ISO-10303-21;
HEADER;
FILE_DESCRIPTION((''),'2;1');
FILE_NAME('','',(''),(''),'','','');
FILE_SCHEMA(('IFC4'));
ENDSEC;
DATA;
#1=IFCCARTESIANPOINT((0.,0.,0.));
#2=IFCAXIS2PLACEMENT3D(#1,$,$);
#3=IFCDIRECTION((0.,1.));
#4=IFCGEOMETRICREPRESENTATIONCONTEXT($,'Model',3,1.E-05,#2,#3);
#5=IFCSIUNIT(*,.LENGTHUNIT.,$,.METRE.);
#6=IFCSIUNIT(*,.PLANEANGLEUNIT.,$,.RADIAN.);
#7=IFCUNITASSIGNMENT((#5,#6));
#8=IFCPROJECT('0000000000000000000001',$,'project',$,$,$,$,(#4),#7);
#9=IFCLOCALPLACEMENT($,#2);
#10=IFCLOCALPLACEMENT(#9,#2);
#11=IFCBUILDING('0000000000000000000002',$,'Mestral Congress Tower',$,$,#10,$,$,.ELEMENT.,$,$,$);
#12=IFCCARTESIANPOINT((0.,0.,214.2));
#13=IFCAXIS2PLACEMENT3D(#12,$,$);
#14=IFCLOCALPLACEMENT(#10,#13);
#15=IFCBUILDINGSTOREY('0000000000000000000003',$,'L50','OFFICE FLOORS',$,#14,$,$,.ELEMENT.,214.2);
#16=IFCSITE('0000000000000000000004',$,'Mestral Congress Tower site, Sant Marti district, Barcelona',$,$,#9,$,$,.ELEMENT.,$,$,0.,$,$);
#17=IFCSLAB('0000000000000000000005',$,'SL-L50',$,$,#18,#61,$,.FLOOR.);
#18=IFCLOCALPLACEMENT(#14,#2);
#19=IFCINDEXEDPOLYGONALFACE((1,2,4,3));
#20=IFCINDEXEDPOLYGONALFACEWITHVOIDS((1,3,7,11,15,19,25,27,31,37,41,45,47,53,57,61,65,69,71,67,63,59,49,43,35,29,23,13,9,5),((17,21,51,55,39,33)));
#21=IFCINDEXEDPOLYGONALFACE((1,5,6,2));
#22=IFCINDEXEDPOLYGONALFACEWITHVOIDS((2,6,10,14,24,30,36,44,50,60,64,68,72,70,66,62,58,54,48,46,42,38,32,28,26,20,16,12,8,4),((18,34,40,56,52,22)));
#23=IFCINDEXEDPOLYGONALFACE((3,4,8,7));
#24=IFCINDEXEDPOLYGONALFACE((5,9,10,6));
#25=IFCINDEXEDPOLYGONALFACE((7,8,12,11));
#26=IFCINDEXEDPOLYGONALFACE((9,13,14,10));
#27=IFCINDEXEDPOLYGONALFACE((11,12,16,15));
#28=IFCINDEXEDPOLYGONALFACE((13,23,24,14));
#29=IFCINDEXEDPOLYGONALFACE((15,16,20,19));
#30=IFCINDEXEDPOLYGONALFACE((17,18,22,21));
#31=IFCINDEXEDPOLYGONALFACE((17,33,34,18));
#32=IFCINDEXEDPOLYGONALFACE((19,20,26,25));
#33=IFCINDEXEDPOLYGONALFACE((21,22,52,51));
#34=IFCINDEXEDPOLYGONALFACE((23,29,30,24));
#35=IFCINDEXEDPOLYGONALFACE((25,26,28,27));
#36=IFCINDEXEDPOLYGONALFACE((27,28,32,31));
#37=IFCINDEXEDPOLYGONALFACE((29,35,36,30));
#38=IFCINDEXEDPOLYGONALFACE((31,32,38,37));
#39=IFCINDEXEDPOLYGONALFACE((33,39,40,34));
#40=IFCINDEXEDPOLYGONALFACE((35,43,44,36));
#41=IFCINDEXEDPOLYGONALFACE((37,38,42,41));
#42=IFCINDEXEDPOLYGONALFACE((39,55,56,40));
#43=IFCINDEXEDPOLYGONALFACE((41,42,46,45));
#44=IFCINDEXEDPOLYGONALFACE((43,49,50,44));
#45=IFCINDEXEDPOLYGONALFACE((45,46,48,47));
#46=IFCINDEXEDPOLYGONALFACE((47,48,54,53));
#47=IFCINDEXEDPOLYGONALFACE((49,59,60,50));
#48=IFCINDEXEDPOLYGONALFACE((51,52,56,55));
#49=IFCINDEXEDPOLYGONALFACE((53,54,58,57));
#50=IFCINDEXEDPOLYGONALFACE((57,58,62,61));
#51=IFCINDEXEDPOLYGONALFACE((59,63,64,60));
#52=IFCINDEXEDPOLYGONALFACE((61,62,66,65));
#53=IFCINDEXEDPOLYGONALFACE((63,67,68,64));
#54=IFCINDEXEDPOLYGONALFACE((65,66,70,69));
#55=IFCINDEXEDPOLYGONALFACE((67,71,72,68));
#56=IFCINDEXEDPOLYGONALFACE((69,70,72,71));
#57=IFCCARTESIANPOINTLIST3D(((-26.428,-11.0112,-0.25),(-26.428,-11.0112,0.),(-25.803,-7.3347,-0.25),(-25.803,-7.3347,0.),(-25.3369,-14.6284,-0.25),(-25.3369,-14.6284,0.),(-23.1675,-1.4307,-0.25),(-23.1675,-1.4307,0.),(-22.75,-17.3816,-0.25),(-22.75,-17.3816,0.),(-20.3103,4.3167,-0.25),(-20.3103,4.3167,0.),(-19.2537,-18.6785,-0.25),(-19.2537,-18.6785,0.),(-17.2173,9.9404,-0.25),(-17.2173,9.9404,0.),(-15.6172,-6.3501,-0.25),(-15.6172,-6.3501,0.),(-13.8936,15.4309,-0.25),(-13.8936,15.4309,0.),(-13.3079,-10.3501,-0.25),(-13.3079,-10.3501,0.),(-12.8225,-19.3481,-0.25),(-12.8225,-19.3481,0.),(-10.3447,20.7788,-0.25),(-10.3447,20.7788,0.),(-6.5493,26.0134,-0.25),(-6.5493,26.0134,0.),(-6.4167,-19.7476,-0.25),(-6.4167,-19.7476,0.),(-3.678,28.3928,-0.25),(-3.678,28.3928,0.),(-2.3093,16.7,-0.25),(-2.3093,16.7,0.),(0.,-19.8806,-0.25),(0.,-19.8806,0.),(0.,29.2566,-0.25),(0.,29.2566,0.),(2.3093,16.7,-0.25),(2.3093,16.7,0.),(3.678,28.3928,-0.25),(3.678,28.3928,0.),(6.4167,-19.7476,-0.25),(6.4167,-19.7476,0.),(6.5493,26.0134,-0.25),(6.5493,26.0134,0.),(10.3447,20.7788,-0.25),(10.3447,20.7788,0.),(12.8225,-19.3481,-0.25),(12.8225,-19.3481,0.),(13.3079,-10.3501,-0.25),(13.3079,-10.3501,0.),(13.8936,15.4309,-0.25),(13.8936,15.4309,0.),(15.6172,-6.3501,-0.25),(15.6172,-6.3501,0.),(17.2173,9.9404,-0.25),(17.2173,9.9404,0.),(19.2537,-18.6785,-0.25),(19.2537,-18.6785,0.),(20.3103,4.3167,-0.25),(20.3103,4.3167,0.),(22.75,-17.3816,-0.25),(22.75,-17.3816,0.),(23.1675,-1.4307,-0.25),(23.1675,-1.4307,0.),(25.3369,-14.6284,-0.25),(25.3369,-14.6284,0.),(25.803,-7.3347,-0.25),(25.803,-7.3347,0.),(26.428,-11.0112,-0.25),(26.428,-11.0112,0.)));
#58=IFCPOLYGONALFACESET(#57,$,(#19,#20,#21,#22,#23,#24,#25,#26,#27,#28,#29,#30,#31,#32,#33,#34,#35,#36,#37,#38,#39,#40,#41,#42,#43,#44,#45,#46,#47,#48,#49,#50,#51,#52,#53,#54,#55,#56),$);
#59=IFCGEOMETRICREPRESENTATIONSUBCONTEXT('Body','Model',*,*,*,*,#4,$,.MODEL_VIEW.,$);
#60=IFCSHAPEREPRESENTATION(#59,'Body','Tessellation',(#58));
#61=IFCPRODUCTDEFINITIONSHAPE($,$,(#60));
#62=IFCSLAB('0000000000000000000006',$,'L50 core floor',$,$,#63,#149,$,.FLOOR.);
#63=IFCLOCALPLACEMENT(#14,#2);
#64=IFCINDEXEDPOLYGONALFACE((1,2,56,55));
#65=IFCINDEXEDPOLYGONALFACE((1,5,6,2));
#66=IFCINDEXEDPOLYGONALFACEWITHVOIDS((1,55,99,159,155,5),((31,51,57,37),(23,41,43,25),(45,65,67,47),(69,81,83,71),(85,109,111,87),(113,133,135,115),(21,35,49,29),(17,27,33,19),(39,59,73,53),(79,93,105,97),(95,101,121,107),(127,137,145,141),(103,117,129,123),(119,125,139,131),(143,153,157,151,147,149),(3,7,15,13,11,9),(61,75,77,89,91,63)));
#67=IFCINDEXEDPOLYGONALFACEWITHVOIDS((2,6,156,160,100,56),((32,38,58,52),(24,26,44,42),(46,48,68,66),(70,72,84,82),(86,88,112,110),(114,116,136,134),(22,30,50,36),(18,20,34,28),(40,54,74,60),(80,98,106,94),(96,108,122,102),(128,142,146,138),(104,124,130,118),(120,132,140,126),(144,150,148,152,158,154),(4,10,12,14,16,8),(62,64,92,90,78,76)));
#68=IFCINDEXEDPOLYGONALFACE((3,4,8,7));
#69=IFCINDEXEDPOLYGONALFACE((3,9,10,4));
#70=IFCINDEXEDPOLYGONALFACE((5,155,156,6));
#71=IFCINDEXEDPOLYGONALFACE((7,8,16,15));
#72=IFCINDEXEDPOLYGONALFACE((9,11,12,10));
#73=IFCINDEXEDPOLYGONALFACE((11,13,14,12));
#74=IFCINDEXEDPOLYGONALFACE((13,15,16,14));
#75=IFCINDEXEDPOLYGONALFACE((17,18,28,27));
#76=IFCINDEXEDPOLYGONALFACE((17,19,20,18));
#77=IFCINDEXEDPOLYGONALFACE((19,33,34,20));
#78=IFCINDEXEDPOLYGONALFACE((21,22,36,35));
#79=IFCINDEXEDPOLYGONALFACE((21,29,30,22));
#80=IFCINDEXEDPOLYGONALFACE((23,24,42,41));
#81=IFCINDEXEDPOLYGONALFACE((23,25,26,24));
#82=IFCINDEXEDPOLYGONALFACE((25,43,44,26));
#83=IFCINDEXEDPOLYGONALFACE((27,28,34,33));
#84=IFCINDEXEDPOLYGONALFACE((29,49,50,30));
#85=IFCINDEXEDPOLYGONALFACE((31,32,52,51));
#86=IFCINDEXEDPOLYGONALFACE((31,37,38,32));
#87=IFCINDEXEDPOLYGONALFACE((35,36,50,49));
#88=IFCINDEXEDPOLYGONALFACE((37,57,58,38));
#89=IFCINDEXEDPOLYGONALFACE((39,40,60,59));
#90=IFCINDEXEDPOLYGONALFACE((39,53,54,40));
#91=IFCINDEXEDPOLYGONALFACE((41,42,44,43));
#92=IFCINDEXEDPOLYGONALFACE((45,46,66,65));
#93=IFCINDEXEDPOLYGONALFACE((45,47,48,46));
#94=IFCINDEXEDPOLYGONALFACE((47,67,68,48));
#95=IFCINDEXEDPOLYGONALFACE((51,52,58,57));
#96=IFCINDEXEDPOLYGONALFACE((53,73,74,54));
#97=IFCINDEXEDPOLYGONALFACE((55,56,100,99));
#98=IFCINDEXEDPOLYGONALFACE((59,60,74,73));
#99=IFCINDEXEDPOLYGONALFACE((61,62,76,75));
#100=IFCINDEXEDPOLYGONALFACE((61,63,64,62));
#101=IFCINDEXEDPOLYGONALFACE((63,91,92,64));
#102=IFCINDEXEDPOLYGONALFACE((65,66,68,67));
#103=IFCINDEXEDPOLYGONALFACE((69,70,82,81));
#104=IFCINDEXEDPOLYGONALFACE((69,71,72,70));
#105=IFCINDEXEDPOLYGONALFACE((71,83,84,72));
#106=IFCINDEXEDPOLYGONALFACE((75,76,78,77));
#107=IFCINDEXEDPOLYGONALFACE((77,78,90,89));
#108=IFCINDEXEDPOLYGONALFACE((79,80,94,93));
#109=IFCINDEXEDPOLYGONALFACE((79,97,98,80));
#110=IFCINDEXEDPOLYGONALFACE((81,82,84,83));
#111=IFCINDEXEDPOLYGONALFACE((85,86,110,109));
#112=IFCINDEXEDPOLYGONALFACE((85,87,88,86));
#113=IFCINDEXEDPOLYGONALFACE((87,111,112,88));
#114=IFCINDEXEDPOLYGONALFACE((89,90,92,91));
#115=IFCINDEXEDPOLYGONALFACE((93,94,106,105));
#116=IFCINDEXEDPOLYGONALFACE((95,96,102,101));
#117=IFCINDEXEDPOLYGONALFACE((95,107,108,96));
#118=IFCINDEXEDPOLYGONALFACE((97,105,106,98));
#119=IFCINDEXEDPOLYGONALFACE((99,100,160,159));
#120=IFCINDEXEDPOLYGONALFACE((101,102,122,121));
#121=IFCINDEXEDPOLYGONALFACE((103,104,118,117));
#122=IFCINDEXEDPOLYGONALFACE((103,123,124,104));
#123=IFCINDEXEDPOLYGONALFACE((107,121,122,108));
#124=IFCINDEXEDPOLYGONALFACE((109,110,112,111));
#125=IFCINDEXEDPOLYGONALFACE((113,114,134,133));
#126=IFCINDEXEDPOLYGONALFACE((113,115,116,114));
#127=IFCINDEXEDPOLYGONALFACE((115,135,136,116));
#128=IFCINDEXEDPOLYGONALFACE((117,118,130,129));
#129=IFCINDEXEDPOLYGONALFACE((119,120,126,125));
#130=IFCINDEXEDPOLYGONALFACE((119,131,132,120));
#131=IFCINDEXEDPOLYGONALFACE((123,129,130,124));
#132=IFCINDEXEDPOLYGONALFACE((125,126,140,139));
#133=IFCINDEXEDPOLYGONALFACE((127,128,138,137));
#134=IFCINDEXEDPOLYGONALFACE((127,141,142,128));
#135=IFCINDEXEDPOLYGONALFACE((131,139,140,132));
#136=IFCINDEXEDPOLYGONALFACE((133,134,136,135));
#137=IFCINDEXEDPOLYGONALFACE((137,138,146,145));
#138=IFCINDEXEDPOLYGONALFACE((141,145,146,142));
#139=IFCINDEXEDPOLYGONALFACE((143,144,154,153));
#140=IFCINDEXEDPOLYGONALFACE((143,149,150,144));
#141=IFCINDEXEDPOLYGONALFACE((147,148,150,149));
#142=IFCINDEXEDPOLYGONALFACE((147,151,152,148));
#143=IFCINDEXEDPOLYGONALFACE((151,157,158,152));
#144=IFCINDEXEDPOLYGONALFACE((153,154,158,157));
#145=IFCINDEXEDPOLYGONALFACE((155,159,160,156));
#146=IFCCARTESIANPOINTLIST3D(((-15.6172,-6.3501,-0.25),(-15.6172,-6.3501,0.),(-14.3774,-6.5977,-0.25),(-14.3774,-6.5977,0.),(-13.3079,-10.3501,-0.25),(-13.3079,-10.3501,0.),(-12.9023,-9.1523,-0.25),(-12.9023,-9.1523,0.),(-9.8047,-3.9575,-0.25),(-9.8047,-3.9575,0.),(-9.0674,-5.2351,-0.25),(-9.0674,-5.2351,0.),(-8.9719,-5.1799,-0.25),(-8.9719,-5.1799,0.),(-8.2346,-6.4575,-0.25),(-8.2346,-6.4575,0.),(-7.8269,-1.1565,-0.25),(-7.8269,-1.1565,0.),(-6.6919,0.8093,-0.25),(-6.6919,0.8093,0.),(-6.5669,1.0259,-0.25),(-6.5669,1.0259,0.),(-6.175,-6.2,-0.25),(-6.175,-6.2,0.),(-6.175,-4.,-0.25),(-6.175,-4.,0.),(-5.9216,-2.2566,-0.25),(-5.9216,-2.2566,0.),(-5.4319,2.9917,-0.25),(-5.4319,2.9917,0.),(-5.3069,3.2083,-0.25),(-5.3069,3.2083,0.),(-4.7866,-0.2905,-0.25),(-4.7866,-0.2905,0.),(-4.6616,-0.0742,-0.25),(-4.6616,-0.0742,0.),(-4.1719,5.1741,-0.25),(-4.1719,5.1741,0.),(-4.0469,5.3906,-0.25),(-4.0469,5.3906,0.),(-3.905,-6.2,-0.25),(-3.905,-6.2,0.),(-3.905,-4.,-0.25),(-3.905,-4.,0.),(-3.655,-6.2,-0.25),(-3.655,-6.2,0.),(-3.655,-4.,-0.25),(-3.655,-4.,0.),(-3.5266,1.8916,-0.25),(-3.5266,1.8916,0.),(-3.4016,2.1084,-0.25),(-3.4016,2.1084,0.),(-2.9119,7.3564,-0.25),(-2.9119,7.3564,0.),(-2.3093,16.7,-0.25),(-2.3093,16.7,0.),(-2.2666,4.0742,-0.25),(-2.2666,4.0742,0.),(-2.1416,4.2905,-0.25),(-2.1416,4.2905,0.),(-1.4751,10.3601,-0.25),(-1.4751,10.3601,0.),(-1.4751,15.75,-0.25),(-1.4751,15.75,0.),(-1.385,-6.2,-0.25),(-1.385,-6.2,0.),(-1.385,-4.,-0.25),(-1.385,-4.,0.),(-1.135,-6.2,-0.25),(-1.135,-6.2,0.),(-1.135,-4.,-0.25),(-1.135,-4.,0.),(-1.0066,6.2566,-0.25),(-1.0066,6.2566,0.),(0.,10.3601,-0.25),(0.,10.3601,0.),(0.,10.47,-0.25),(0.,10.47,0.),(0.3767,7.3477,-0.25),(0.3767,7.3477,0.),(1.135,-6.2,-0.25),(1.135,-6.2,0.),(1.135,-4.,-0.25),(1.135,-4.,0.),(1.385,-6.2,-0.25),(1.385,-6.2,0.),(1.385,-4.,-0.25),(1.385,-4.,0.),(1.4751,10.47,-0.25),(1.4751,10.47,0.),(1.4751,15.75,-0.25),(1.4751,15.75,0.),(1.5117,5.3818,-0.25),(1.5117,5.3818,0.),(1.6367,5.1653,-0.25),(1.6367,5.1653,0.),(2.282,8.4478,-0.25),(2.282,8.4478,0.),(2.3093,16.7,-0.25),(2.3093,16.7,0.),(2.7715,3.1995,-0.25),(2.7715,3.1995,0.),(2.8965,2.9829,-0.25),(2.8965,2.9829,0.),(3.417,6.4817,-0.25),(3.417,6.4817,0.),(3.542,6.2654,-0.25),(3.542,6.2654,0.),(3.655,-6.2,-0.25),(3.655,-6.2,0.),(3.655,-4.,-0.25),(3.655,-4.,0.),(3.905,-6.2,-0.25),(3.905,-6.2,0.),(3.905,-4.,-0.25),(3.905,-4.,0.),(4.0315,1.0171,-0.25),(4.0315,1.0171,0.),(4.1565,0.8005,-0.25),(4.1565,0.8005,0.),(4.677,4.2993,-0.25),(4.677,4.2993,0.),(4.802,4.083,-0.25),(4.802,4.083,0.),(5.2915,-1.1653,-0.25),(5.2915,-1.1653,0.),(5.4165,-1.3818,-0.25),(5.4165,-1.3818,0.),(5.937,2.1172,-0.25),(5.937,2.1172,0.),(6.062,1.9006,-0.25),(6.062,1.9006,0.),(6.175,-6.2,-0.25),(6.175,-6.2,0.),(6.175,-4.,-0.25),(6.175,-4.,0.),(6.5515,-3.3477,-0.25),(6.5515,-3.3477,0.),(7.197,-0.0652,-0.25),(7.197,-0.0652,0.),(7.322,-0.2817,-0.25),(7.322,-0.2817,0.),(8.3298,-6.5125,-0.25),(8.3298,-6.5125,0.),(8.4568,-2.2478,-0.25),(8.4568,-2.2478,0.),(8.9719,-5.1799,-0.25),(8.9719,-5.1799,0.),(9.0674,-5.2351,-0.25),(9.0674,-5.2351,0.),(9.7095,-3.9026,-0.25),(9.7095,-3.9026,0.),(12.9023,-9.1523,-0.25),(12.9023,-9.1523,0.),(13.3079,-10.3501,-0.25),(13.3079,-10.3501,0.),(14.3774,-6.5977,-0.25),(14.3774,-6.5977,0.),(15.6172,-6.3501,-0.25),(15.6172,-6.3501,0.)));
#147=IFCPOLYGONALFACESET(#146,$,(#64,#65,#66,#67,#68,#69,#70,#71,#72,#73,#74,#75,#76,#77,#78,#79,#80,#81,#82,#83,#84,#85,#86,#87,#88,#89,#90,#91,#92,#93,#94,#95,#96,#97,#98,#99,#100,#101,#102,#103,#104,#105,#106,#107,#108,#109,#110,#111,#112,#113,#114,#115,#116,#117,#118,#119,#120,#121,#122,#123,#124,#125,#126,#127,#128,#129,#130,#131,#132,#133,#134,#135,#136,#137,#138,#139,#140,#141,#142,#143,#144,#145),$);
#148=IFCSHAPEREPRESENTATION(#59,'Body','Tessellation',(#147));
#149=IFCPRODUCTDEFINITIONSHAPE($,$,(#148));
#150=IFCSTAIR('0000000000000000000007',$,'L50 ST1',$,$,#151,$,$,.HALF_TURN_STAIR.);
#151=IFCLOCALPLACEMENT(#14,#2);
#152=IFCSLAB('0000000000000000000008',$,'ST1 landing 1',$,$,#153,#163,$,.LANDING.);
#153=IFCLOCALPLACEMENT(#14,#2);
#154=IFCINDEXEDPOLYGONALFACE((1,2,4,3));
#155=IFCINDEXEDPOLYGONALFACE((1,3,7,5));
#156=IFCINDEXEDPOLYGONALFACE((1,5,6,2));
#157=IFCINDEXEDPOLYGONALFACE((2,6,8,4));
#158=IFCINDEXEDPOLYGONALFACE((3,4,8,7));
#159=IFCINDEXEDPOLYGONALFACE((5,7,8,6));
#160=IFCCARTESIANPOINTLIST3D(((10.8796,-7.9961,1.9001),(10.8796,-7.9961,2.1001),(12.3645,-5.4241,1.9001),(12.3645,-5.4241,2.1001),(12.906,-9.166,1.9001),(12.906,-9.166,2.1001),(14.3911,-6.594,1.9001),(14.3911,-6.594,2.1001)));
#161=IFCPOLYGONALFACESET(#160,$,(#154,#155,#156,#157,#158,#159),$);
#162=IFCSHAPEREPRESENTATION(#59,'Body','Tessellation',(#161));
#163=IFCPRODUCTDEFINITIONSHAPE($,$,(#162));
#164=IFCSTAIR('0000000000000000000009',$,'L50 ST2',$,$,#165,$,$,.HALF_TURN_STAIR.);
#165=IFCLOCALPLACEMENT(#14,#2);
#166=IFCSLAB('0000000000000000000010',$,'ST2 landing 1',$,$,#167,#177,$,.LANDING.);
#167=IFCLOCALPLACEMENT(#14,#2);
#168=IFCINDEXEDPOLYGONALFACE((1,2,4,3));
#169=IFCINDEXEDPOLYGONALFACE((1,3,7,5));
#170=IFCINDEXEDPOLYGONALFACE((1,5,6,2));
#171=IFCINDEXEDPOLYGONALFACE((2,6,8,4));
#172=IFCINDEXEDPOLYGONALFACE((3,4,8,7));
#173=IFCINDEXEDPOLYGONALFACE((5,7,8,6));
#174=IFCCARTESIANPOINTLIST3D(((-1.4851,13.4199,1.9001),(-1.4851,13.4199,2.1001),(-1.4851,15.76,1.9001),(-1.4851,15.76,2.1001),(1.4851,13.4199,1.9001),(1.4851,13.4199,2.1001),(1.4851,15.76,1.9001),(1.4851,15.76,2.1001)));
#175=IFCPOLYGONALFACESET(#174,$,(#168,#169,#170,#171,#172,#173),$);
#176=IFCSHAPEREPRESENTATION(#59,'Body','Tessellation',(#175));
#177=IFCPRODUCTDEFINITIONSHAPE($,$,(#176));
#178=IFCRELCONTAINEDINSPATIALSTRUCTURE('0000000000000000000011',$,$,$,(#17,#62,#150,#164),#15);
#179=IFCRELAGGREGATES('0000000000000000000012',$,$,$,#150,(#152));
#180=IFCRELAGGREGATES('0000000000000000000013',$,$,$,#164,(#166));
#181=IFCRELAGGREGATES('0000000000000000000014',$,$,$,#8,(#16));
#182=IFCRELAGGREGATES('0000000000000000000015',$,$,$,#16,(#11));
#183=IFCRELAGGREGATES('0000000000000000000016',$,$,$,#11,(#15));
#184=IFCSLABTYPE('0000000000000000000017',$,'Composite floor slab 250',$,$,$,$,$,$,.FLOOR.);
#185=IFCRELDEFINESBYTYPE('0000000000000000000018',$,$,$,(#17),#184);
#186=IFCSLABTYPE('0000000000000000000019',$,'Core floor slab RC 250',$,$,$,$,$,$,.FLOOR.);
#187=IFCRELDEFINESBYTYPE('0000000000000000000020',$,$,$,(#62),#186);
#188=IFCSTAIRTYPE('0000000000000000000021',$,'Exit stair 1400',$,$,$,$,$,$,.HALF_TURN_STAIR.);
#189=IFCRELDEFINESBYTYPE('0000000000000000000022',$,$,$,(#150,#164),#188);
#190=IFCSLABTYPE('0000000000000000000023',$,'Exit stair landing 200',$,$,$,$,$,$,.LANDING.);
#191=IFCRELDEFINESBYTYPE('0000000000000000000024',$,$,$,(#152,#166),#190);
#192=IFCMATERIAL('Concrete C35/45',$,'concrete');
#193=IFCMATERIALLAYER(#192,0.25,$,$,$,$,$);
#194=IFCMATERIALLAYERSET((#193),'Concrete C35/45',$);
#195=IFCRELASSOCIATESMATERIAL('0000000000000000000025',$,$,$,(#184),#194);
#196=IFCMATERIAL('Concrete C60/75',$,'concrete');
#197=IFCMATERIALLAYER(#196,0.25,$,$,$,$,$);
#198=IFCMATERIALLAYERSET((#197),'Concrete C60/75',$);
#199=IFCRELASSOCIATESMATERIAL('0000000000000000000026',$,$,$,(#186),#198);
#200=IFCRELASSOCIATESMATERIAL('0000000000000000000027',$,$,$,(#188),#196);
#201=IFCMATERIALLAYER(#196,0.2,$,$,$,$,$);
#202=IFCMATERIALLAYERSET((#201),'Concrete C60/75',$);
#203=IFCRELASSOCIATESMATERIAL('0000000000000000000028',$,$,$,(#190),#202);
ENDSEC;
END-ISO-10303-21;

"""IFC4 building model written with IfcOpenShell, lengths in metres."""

from ifc_helpers import new_model, si_unit, direction, frame, origin, place, context, subcontext, project, spatial, polyline, outline, extrude, material, layer, layer_set, type_object, element, aggregate, save


model = new_model("IFC4")

# Units and contexts
model_context = context("Model", 3, precision=1e-05, world=origin(), true_north=direction((0.0, 1.0)))
body_context = subcontext(model_context, "Body", "Model", "MODEL_VIEW")
ifc_project = project(units=[si_unit("LENGTHUNIT", "METRE"), si_unit("PLANEANGLEUNIT", "RADIAN")], contexts=[model_context])

# Site, building, storey
site_placement = place(None, origin())
site = spatial("IfcSite", under=ifc_project, at=site_placement, Name="Mestral Congress Tower site, Sant Marti district, Barcelona", CompositionType="ELEMENT", RefElevation=0.0)
building_placement = place(site_placement, origin())
building = spatial("IfcBuilding", under=site, at=building_placement, Name="Mestral Congress Tower", CompositionType="ELEMENT")
storey_placement = place(building_placement, frame((0.0, 0.0, 214.2)))
storey = spatial("IfcBuildingStorey", under=building, at=storey_placement, Name="L50", Description="OFFICE FLOORS", CompositionType="ELEMENT", Elevation=214.2)

# Slabs
ifc_material_1 = material(Name="Concrete C35/45", Category="concrete")
ifc_layer_1 = layer(ifc_material_1, 0.25)
ifc_layer_set_1 = layer_set([ifc_layer_1], Name="Concrete C35/45")
slab_type_1 = type_object("IfcSlabType", Name="Composite floor slab 250", PredefinedType="FLOOR", material=ifc_layer_set_1)
placement_1 = place(storey_placement, frame((0.0, 0.0, -0.25)))
element("IfcSlab", 1, at=placement_1, inside=storey, type_object=slab_type_1, Name="SL-L50", PredefinedType="FLOOR", context=body_context, shape_type="SweptSolid", body=[
    extrude(outline(polyline([(-19.2537, -18.6785), (-22.75, -17.3816), (-25.3369, -14.6284), (-26.428, -11.0112), (-25.803, -7.3347), (-23.1675, -1.4307), (-20.3103, 4.3167), (-17.2173, 9.9404), (-13.8936, 15.4309), (-10.3447, 20.7788), (-6.5493, 26.0134), (-3.678, 28.3928), (0.0, 29.2566), (3.678, 28.3928), (6.5493, 26.0134), (10.3447, 20.7788), (13.8936, 15.4309), (17.2173, 9.9404), (20.3103, 4.3167), (23.1675, -1.4307), (25.803, -7.3347), (26.428, -11.0112), (25.3369, -14.6284), (22.75, -17.3816), (19.2537, -18.6785), (12.8225, -19.3481), (6.4167, -19.7476), (0.0, -19.8806), (-6.4167, -19.7476), (-12.8225, -19.3481), (-19.2537, -18.6785)]), holes=[polyline([(-2.3093, 16.7), (-15.6172, -6.3501), (-13.3079, -10.3501), (13.3079, -10.3501), (15.6172, -6.3501), (2.3093, 16.7), (-2.3093, 16.7)])]), origin(), (0.0, 0.0, 1.0), 0.25),
])
ifc_material_2 = material(Name="Concrete C60/75", Category="concrete")
ifc_layer_2 = layer(ifc_material_2, 0.25)
ifc_layer_set_2 = layer_set([ifc_layer_2], Name="Concrete C60/75")
slab_type_2 = type_object("IfcSlabType", Name="Core floor slab RC 250", PredefinedType="FLOOR", material=ifc_layer_set_2)
element("IfcSlab", 2, at=placement_1, inside=storey, type_object=slab_type_2, Name="L50 core floor", PredefinedType="FLOOR", context=body_context, shape_type="SweptSolid", body=[
    extrude(outline(polyline([(13.3079, -10.3501), (-13.3079, -10.3501), (-15.6172, -6.3501), (-2.3093, 16.7), (2.3093, 16.7), (15.6172, -6.3501), (13.3079, -10.3501)]), holes=[polyline([(-9.8047, -3.9575), (-14.3774, -6.5977), (-12.9023, -9.1523), (-8.2346, -6.4575), (-8.9719, -5.1799), (-9.0674, -5.2351), (-9.8047, -3.9575)]), polyline([(-3.905, -4.0), (-6.175, -4.0), (-6.175, -6.2), (-3.905, -6.2), (-3.905, -4.0)]), polyline([(-1.385, -4.0), (-3.655, -4.0), (-3.655, -6.2), (-1.385, -6.2), (-1.385, -4.0)]), polyline([(1.135, -4.0), (-1.135, -4.0), (-1.135, -6.2), (1.135, -6.2), (1.135, -4.0)]), polyline([(-5.9216, -2.2566), (-4.7866, -0.2905), (-6.6919, 0.8093), (-7.8269, -1.1565), (-5.9216, -2.2566)]), polyline([(-4.6616, -0.0742), (-3.5266, 1.8916), (-5.4319, 2.9917), (-6.5669, 1.0259), (-4.6616, -0.0742)]), polyline([(-3.4016, 2.1084), (-2.2666, 4.0742), (-4.1719, 5.1741), (-5.3069, 3.2083), (-3.4016, 2.1084)]), polyline([(-2.1416, 4.2905), (-1.0066, 6.2566), (-2.9119, 7.3564), (-4.0469, 5.3906), (-2.1416, 4.2905)]), polyline([(1.4751, 10.47), (1.4751, 15.75), (-1.4751, 15.75), (-1.4751, 10.3601), (0.0, 10.3601), (0.0, 10.47), (1.4751, 10.47)]), polyline([(8.3298, -6.5125), (12.9023, -9.1523), (14.3774, -6.5977), (9.7095, -3.9026), (8.9719, -5.1799), (9.0674, -5.2351), (8.3298, -6.5125)]), polyline([(3.655, -4.0), (1.385, -4.0), (1.385, -6.2), (3.655, -6.2), (3.655, -4.0)]), polyline([(6.175, -4.0), (3.905, -4.0), (3.905, -6.2), (6.175, -6.2), (6.175, -4.0)]), polyline([(5.4165, -1.3818), (6.5515, -3.3477), (8.4568, -2.2478), (7.322, -0.2817), (5.4165, -1.3818)]), polyline([(4.1565, 0.8005), (5.2915, -1.1653), (7.197, -0.0652), (6.062, 1.9006), (4.1565, 0.8005)]), polyline([(2.8965, 2.9829), (4.0315, 1.0171), (5.937, 2.1172), (4.802, 4.083), (2.8965, 2.9829)]), polyline([(3.542, 6.2654), (1.6367, 5.1653), (2.7715, 3.1995), (4.677, 4.2993), (3.542, 6.2654)]), polyline([(2.282, 8.4478), (0.3767, 7.3477), (1.5117, 5.3818), (3.417, 6.4817), (2.282, 8.4478)])]), origin(), (0.0, 0.0, 1.0), 0.25),
])

# Stairs, slabs
stair_type = type_object("IfcStairType", Name="Exit stair 1400", PredefinedType="HALF_TURN_STAIR", material=ifc_material_2)
placement_2 = place(storey_placement, origin())
stair_1 = element("IfcStair", 3, at=placement_2, inside=storey, type_object=stair_type, Name="L50 ST1", PredefinedType="HALF_TURN_STAIR")
ifc_layer_3 = layer(ifc_material_2, 0.2)
ifc_layer_set_3 = layer_set([ifc_layer_3], Name="Concrete C60/75")
slab_type_3 = type_object("IfcSlabType", Name="Exit stair landing 200", PredefinedType="LANDING", material=ifc_layer_set_3)
placement_3 = place(storey_placement, frame((0.0, 0.0, 1.9001)))
slab_1 = element("IfcSlab", 4, at=placement_3, type_object=slab_type_3, Name="ST1 landing 1", PredefinedType="LANDING", context=body_context, shape_type="SweptSolid", body=[
    extrude(outline(polyline([(10.8796, -7.9961), (12.3645, -5.4241), (14.3911, -6.594), (12.906, -9.166), (10.8796, -7.9961)])), origin(), (0.0, 0.0, 1.0), 0.2),
])
aggregate(stair_1, [slab_1])
stair_2 = element("IfcStair", 5, at=placement_2, inside=storey, type_object=stair_type, Name="L50 ST2", PredefinedType="HALF_TURN_STAIR")
slab_2 = element("IfcSlab", 6, at=placement_3, type_object=slab_type_3, Name="ST2 landing 1", PredefinedType="LANDING", context=body_context, shape_type="SweptSolid", body=[
    extrude(outline(polyline([(1.4851, 13.4199), (-1.4851, 13.4199), (-1.4851, 15.76), (1.4851, 15.76), (1.4851, 13.4199)])), origin(), (0.0, 0.0, 1.0), 0.2),
])
aggregate(stair_2, [slab_2])

save(model, "model.ifc")
